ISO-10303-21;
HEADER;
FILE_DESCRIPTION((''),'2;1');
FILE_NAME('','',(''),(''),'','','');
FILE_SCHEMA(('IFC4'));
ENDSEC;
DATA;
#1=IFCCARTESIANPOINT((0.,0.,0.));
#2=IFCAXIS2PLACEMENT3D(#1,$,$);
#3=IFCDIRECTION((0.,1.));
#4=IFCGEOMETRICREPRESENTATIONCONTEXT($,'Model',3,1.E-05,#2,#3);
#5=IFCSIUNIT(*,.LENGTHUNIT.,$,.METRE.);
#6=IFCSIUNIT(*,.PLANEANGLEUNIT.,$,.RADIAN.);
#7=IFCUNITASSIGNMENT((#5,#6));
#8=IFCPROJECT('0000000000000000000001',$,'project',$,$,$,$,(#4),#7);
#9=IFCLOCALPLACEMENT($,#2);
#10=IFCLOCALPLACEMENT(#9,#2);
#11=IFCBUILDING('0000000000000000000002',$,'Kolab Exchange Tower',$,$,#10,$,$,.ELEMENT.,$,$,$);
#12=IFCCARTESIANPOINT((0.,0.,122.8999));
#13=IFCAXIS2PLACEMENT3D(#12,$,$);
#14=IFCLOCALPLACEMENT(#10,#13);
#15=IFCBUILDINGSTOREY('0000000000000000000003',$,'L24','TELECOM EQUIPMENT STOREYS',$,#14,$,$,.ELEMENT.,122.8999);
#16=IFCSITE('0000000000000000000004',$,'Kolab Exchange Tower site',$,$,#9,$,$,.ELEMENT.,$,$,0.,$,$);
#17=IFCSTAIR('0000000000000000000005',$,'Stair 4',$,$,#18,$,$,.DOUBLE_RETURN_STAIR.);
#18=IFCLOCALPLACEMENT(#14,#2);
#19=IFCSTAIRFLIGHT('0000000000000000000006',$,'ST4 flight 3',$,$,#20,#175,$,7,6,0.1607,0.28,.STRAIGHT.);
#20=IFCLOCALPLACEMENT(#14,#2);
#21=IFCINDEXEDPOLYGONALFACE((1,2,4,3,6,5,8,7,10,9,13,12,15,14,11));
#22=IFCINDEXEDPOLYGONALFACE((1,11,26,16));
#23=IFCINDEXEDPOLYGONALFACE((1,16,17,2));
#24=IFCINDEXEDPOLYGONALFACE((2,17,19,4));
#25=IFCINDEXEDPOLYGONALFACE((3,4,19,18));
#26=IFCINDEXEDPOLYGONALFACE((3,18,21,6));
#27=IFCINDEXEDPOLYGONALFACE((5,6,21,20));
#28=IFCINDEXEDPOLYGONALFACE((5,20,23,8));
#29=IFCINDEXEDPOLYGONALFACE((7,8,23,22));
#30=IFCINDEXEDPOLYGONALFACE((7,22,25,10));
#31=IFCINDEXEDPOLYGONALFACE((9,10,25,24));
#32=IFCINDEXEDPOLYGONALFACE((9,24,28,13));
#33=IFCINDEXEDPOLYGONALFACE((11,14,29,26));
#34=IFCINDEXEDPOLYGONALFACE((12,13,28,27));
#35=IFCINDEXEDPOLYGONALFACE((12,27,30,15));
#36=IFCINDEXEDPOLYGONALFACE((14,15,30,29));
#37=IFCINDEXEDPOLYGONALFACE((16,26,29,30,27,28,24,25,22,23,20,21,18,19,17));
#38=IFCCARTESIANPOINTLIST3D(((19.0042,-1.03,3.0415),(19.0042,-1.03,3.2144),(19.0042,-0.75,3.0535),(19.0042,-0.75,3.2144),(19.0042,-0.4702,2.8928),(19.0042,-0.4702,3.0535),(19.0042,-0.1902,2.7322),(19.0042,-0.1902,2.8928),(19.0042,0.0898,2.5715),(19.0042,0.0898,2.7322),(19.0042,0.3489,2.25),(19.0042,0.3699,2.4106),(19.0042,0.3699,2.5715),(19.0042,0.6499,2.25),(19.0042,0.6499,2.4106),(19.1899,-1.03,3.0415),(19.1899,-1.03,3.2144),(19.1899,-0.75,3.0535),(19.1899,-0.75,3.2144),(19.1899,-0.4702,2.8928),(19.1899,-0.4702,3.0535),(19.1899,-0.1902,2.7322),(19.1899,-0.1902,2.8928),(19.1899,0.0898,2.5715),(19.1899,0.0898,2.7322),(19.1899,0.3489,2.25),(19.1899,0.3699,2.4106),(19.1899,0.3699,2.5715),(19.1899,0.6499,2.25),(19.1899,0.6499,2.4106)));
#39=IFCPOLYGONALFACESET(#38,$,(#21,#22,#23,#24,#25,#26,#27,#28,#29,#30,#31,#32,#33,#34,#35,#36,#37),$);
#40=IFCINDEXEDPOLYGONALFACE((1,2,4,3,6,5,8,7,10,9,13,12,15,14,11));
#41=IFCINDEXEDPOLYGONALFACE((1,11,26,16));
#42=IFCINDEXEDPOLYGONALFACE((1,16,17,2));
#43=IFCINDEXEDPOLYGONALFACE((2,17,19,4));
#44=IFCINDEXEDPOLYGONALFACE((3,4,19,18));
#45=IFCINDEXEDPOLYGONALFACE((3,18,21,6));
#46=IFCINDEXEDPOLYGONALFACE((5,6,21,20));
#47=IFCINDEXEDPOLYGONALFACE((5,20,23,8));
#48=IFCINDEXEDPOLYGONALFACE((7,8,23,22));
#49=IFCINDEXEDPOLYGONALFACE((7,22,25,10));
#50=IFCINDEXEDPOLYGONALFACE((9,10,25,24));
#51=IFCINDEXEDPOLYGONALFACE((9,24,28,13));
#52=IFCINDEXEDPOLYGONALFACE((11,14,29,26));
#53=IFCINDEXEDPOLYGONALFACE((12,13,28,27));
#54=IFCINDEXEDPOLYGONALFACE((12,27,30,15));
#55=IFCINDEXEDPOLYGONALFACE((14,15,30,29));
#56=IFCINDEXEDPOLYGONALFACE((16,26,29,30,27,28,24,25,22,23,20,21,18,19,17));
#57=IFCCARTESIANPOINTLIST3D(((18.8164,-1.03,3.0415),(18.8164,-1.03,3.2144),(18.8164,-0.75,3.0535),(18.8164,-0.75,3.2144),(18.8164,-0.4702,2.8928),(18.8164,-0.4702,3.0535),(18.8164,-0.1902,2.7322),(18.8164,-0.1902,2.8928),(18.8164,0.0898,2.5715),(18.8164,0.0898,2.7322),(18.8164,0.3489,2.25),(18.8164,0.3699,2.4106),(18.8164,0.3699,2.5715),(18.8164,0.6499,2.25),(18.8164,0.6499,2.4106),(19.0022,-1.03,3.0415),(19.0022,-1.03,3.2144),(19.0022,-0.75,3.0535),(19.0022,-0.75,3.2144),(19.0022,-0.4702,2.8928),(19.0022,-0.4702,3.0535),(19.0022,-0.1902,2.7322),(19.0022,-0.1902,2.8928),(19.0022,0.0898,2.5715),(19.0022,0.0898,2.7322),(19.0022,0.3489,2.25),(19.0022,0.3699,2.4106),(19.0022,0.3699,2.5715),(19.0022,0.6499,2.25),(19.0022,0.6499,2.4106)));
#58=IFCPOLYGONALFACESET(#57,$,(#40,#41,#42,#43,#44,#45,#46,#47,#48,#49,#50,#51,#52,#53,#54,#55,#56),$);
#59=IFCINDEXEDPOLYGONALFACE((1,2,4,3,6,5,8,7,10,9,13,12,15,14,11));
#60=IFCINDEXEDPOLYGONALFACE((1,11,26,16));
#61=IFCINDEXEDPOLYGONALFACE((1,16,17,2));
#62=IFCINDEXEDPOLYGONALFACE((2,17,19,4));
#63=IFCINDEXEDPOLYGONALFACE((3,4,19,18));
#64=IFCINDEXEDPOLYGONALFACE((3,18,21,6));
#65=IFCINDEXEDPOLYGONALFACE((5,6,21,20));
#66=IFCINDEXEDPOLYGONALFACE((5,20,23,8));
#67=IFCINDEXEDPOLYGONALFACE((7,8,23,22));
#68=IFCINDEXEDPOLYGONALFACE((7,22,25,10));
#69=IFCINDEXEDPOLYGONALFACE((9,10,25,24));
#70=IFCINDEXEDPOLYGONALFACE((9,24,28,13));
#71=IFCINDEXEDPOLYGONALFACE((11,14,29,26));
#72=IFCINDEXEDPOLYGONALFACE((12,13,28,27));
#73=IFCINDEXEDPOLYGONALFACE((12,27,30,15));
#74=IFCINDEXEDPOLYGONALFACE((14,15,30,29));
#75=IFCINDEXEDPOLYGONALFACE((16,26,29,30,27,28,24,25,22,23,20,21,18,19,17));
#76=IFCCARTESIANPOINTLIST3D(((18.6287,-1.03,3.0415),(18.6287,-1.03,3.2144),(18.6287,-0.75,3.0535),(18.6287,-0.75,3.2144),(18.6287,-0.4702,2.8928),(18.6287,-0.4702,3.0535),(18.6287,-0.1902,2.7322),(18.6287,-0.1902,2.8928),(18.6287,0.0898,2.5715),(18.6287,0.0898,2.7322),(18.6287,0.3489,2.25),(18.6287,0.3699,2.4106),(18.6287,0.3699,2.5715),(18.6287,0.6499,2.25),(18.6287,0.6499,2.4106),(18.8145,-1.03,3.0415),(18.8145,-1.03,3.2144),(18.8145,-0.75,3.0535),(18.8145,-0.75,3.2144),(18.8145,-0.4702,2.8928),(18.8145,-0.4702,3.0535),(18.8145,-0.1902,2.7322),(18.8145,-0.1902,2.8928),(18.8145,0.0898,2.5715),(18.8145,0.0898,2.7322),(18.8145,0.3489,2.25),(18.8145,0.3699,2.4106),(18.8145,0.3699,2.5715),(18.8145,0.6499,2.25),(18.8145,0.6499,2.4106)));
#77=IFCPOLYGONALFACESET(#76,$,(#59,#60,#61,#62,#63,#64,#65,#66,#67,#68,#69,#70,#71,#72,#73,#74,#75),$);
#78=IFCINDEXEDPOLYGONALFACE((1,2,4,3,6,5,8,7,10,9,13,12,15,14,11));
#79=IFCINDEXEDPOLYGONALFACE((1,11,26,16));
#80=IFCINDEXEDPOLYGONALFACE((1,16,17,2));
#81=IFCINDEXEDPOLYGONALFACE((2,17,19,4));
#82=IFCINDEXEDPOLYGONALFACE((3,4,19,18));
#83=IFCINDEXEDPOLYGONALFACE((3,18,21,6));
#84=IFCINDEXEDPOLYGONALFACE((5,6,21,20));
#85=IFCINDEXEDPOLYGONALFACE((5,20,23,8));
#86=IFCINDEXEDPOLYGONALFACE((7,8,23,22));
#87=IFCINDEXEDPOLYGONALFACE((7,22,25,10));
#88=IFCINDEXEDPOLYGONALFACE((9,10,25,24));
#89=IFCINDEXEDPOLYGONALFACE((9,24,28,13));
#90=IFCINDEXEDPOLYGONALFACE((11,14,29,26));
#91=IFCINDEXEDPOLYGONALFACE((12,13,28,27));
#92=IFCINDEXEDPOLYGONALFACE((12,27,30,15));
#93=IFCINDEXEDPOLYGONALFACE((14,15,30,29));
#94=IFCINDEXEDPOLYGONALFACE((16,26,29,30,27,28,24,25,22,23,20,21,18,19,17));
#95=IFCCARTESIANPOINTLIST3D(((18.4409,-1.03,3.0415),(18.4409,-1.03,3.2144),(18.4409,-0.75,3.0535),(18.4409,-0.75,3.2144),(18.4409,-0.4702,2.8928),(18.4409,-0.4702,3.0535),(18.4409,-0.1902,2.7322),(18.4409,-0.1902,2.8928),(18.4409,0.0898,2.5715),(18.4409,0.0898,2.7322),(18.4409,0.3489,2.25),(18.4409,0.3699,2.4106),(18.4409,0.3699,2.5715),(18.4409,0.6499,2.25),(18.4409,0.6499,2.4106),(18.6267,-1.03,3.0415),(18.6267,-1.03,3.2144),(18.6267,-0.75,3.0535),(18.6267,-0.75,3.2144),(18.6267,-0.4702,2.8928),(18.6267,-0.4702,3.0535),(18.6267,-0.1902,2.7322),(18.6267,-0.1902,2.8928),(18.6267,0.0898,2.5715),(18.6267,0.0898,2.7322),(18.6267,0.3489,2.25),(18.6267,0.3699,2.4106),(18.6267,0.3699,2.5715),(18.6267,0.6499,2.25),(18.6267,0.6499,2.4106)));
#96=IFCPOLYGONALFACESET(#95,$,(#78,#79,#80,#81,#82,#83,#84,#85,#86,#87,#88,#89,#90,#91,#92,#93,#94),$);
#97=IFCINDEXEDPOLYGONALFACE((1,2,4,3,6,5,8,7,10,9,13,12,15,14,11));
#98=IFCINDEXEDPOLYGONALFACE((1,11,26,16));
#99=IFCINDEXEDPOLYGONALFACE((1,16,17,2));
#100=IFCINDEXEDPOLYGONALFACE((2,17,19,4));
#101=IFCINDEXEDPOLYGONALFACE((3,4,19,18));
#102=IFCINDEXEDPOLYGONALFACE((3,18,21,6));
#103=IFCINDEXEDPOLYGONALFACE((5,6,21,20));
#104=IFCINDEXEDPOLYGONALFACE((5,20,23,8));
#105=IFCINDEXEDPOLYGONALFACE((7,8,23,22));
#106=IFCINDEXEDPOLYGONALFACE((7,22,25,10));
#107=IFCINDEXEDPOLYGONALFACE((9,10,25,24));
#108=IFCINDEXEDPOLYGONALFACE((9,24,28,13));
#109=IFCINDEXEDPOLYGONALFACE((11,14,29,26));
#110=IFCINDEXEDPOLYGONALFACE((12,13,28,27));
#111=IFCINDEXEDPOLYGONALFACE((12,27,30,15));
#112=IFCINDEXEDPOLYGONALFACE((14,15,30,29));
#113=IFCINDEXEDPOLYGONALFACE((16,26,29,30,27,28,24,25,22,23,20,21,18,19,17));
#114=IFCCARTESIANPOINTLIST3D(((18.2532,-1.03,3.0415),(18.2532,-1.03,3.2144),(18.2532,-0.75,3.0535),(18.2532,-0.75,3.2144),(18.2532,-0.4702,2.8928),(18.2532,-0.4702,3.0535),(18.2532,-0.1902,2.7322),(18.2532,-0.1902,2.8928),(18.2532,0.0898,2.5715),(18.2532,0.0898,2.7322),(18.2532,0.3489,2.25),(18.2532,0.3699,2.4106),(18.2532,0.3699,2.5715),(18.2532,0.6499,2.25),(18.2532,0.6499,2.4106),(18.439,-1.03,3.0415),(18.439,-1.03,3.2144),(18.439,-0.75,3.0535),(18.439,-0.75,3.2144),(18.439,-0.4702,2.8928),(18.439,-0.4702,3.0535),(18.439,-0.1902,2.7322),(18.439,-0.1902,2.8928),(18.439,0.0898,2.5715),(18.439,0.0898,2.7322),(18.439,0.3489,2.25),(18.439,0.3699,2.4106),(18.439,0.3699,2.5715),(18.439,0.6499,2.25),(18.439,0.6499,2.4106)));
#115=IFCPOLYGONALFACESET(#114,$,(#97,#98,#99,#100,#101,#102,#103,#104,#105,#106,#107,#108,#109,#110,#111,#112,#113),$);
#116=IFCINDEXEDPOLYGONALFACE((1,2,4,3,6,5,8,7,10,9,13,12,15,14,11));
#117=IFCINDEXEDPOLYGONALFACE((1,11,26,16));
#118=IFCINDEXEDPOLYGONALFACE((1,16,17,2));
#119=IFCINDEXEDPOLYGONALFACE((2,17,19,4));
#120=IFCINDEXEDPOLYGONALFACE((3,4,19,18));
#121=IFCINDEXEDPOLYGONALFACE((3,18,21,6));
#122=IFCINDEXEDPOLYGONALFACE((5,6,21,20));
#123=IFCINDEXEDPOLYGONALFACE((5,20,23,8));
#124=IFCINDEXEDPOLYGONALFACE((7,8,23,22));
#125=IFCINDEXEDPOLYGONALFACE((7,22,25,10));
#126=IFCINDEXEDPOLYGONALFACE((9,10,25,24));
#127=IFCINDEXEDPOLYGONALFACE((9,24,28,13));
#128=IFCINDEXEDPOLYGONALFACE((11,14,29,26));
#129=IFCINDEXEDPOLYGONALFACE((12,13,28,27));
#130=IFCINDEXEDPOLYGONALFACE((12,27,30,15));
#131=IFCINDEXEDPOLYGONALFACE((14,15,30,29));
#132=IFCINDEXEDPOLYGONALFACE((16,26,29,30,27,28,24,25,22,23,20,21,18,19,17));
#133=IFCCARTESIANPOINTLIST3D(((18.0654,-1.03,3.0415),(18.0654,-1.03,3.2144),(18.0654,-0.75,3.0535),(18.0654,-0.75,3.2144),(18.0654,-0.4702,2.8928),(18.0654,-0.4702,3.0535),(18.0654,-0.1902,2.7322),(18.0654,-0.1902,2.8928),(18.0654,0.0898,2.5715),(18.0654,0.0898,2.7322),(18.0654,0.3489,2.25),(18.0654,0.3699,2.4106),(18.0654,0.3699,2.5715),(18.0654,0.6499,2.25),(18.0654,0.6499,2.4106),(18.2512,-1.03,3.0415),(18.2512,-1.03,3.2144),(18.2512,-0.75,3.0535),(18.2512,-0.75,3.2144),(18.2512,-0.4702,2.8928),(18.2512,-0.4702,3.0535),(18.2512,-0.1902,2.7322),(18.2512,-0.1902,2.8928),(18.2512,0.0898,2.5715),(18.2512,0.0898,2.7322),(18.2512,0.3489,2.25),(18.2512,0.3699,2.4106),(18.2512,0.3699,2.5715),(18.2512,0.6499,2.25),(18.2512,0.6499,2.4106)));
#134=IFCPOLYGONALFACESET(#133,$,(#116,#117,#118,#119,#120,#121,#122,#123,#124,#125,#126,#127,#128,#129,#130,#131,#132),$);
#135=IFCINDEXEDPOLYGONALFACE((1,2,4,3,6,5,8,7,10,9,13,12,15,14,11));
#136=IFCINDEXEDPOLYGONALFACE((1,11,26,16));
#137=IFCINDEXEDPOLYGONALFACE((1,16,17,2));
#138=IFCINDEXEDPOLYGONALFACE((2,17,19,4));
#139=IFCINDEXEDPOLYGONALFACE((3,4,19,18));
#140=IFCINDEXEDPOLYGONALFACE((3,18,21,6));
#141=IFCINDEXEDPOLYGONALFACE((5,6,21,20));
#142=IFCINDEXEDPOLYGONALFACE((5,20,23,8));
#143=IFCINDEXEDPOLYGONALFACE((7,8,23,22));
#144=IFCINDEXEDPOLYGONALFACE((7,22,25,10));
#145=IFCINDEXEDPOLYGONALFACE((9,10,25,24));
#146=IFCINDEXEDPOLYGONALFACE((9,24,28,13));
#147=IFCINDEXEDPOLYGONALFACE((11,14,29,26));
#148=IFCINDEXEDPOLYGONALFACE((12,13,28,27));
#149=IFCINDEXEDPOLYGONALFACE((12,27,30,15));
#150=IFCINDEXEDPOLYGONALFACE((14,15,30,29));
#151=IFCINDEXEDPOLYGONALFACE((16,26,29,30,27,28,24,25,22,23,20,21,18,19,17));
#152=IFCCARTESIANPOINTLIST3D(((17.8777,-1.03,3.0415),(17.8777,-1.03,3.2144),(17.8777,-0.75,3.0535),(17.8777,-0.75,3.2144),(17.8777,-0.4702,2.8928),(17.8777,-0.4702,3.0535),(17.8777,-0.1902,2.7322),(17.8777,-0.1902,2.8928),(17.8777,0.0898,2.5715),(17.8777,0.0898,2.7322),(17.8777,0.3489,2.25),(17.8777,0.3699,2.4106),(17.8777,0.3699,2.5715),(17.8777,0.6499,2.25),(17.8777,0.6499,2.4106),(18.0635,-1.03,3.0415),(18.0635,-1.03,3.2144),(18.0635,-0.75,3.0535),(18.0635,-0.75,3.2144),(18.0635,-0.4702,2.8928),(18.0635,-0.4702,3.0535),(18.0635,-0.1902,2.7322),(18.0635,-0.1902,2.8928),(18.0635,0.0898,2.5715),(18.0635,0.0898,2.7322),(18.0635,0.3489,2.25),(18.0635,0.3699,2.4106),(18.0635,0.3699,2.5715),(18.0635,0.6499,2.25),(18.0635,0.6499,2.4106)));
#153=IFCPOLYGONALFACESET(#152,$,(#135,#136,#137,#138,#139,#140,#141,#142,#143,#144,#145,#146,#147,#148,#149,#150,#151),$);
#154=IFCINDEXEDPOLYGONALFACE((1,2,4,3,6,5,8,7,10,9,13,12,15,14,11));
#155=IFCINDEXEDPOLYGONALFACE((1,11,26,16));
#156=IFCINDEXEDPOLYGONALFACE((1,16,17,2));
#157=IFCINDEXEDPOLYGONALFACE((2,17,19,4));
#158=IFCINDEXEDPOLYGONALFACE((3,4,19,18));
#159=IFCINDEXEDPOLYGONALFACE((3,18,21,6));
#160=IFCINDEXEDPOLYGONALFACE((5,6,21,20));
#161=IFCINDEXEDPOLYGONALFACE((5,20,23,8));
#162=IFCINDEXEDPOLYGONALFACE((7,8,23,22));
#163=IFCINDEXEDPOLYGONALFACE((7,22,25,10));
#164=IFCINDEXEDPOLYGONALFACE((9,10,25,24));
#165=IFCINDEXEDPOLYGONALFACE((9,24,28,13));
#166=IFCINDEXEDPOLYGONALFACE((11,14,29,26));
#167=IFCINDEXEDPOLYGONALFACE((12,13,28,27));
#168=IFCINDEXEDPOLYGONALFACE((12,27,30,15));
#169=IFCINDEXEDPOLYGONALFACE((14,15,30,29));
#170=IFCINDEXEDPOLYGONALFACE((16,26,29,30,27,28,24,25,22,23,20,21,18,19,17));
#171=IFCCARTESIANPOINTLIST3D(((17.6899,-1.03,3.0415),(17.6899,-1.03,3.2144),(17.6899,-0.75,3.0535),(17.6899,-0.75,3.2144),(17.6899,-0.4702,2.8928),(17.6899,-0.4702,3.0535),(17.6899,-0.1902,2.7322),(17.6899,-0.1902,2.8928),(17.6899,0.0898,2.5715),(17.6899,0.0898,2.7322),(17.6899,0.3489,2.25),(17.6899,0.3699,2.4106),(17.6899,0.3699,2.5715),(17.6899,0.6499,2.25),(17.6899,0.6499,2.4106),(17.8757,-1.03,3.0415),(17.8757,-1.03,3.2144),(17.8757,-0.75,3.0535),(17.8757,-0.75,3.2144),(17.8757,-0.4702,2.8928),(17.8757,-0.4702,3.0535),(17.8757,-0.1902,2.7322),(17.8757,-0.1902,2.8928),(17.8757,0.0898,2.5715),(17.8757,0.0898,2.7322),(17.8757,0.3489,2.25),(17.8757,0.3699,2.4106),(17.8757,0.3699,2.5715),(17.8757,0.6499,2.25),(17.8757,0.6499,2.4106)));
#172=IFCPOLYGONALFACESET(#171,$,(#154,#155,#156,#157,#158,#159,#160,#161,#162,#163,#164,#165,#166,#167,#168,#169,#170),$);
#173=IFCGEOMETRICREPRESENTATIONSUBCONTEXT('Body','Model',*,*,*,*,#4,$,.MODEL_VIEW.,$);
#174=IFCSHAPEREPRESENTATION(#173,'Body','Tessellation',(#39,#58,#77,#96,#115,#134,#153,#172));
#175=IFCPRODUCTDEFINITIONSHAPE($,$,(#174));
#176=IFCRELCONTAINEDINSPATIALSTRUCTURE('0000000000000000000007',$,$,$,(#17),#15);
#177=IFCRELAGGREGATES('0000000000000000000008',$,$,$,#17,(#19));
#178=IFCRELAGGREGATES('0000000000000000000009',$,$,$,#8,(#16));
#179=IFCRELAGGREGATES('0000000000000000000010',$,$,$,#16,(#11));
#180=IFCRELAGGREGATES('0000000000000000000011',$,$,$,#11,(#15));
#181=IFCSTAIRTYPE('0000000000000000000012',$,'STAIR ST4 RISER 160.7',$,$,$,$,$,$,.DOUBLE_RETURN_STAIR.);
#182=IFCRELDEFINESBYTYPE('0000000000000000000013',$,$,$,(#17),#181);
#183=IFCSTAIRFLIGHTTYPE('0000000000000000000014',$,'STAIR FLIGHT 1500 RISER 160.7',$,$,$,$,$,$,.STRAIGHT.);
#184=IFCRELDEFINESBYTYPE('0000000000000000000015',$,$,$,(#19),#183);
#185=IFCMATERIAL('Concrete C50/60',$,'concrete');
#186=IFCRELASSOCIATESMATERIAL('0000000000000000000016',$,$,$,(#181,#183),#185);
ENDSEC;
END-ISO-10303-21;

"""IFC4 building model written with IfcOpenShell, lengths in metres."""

from ifc_helpers import new_model, si_unit, direction, frame, origin, place, context, subcontext, project, spatial, polyline, outline, extrude, material, type_object, element, aggregate, save


model = new_model("IFC4")

# Units and contexts
model_context = context("Model", 3, precision=1e-05, world=origin(), true_north=direction((0.0, 1.0)))
body_context = subcontext(model_context, "Body", "Model", "MODEL_VIEW")
ifc_project = project(units=[si_unit("LENGTHUNIT", "METRE"), si_unit("PLANEANGLEUNIT", "RADIAN")], contexts=[model_context])

# Site, building, storey
site_placement = place(None, origin())
site = spatial("IfcSite", under=ifc_project, at=site_placement, Name="Kolab Exchange Tower site", CompositionType="ELEMENT", RefElevation=0.0)
building_placement = place(site_placement, origin())
building = spatial("IfcBuilding", under=site, at=building_placement, Name="Kolab Exchange Tower", CompositionType="ELEMENT")
storey_placement = place(building_placement, frame((0.0, 0.0, 122.8999)))
storey = spatial("IfcBuildingStorey", under=building, at=storey_placement, Name="L24", Description="TELECOM EQUIPMENT STOREYS", CompositionType="ELEMENT", Elevation=122.8999)

# Shared definitions
ifc_material_1 = material(Name="Concrete C50/60", Category="concrete")

# Stair, stair flight
stair_type = type_object("IfcStairType", Name="STAIR ST4 RISER 160.7", PredefinedType="DOUBLE_RETURN_STAIR", material=ifc_material_1)
stair_placement = place(storey_placement, origin())
stair = element("IfcStair", 1, at=stair_placement, inside=storey, type_object=stair_type, Name="Stair 4", PredefinedType="DOUBLE_RETURN_STAIR")
stair_flight_type = type_object("IfcStairFlightType", Name="STAIR FLIGHT 1500 RISER 160.7", PredefinedType="STRAIGHT", material=ifc_material_1)
stair_flight_1_placement = place(storey_placement, frame((18.4399, 0.6499, 2.25), z_axis=(0.0, 0.0, 1.0), x_axis=(0.0, -1.0, 0.0)))
stair_flight_1 = element("IfcStairFlight", 2, at=stair_flight_1_placement, type_object=stair_flight_type, Name="ST4 flight 3", NumberOfRisers=7, NumberOfTreads=6, PredefinedType="STRAIGHT", RiserHeight=0.1607, TreadLength=0.28, context=body_context, shape_type="SweptSolid", body=[
    extrude(outline(polyline([(0.0, 0.0), (0.0, 0.1606), (0.28, 0.1606), (0.28, 0.3215), (0.5601, 0.3215), (0.5601, 0.4822), (0.8401, 0.4822), (0.8401, 0.6428), (1.1201, 0.6428), (1.1201, 0.8035), (1.3999, 0.8035), (1.3999, 0.9644), (1.6799, 0.9644), (1.6799, 1.125), (1.6799, 0.7915), (0.301, 0.0), (0.0, 0.0)])), frame((0.0, 0.75, 0.0), z_axis=(0.0, -1.0, 0.0), x_axis=(1.0, 0.0, 0.0)), (0.0, 0.0, 1.0), 0.1858),
    extrude(outline(polyline([(0.0, 0.0), (0.0, 0.1606), (0.28, 0.1606), (0.28, 0.3215), (0.5601, 0.3215), (0.5601, 0.4822), (0.8401, 0.4822), (0.8401, 0.6428), (1.1201, 0.6428), (1.1201, 0.8035), (1.3999, 0.8035), (1.3999, 0.9644), (1.6799, 0.9644), (1.6799, 1.125), (1.6799, 0.7915), (0.301, 0.0), (0.0, 0.0)])), frame((0.0, 0.5623, 0.0), z_axis=(0.0, -1.0, 0.0), x_axis=(1.0, 0.0, 0.0)), (0.0, 0.0, 1.0), 0.1858),
    extrude(outline(polyline([(0.0, 0.0), (0.0, 0.1606), (0.28, 0.1606), (0.28, 0.3215), (0.5601, 0.3215), (0.5601, 0.4822), (0.8401, 0.4822), (0.8401, 0.6428), (1.1201, 0.6428), (1.1201, 0.8035), (1.3999, 0.8035), (1.3999, 0.9644), (1.6799, 0.9644), (1.6799, 1.125), (1.6799, 0.7915), (0.301, 0.0), (0.0, 0.0)])), frame((0.0, 0.3745, 0.0), z_axis=(0.0, -1.0, 0.0), x_axis=(1.0, 0.0, 0.0)), (0.0, 0.0, 1.0), 0.1858),
    extrude(outline(polyline([(0.0, 0.0), (0.0, 0.1606), (0.28, 0.1606), (0.28, 0.3215), (0.5601, 0.3215), (0.5601, 0.4822), (0.8401, 0.4822), (0.8401, 0.6428), (1.1201, 0.6428), (1.1201, 0.8035), (1.3999, 0.8035), (1.3999, 0.9644), (1.6799, 0.9644), (1.6799, 1.125), (1.6799, 0.7915), (0.301, 0.0), (0.0, 0.0)])), frame((0.0, 0.1868, 0.0), z_axis=(0.0, -1.0, 0.0), x_axis=(1.0, 0.0, 0.0)), (0.0, 0.0, 1.0), 0.1858),
    extrude(outline(polyline([(0.0, 0.0), (0.0, 0.1606), (0.28, 0.1606), (0.28, 0.3215), (0.5601, 0.3215), (0.5601, 0.4822), (0.8401, 0.4822), (0.8401, 0.6428), (1.1201, 0.6428), (1.1201, 0.8035), (1.3999, 0.8035), (1.3999, 0.9644), (1.6799, 0.9644), (1.6799, 1.125), (1.6799, 0.7915), (0.301, 0.0), (0.0, 0.0)])), frame((0.0, -0.001, 0.0), z_axis=(0.0, -1.0, 0.0), x_axis=(1.0, 0.0, 0.0)), (0.0, 0.0, 1.0), 0.1858),
    extrude(outline(polyline([(0.0, 0.0), (0.0, 0.1606), (0.28, 0.1606), (0.28, 0.3215), (0.5601, 0.3215), (0.5601, 0.4822), (0.8401, 0.4822), (0.8401, 0.6428), (1.1201, 0.6428), (1.1201, 0.8035), (1.3999, 0.8035), (1.3999, 0.9644), (1.6799, 0.9644), (1.6799, 1.125), (1.6799, 0.7915), (0.301, 0.0), (0.0, 0.0)])), frame((0.0, -0.1887, 0.0), z_axis=(0.0, -1.0, 0.0), x_axis=(1.0, 0.0, 0.0)), (0.0, 0.0, 1.0), 0.1858),
    extrude(outline(polyline([(0.0, 0.0), (0.0, 0.1606), (0.28, 0.1606), (0.28, 0.3215), (0.5601, 0.3215), (0.5601, 0.4822), (0.8401, 0.4822), (0.8401, 0.6428), (1.1201, 0.6428), (1.1201, 0.8035), (1.3999, 0.8035), (1.3999, 0.9644), (1.6799, 0.9644), (1.6799, 1.125), (1.6799, 0.7915), (0.301, 0.0), (0.0, 0.0)])), frame((0.0, -0.3765, 0.0), z_axis=(0.0, -1.0, 0.0), x_axis=(1.0, 0.0, 0.0)), (0.0, 0.0, 1.0), 0.1858),
    extrude(outline(polyline([(0.0, 0.0), (0.0, 0.1606), (0.28, 0.1606), (0.28, 0.3215), (0.5601, 0.3215), (0.5601, 0.4822), (0.8401, 0.4822), (0.8401, 0.6428), (1.1201, 0.6428), (1.1201, 0.8035), (1.3999, 0.8035), (1.3999, 0.9644), (1.6799, 0.9644), (1.6799, 1.125), (1.6799, 0.7915), (0.301, 0.0), (0.0, 0.0)])), frame((0.0, -0.5642, 0.0), z_axis=(0.0, -1.0, 0.0), x_axis=(1.0, 0.0, 0.0)), (0.0, 0.0, 1.0), 0.1858),
])
aggregate(stair, [stair_flight_1])

save(model, "model.ifc")
